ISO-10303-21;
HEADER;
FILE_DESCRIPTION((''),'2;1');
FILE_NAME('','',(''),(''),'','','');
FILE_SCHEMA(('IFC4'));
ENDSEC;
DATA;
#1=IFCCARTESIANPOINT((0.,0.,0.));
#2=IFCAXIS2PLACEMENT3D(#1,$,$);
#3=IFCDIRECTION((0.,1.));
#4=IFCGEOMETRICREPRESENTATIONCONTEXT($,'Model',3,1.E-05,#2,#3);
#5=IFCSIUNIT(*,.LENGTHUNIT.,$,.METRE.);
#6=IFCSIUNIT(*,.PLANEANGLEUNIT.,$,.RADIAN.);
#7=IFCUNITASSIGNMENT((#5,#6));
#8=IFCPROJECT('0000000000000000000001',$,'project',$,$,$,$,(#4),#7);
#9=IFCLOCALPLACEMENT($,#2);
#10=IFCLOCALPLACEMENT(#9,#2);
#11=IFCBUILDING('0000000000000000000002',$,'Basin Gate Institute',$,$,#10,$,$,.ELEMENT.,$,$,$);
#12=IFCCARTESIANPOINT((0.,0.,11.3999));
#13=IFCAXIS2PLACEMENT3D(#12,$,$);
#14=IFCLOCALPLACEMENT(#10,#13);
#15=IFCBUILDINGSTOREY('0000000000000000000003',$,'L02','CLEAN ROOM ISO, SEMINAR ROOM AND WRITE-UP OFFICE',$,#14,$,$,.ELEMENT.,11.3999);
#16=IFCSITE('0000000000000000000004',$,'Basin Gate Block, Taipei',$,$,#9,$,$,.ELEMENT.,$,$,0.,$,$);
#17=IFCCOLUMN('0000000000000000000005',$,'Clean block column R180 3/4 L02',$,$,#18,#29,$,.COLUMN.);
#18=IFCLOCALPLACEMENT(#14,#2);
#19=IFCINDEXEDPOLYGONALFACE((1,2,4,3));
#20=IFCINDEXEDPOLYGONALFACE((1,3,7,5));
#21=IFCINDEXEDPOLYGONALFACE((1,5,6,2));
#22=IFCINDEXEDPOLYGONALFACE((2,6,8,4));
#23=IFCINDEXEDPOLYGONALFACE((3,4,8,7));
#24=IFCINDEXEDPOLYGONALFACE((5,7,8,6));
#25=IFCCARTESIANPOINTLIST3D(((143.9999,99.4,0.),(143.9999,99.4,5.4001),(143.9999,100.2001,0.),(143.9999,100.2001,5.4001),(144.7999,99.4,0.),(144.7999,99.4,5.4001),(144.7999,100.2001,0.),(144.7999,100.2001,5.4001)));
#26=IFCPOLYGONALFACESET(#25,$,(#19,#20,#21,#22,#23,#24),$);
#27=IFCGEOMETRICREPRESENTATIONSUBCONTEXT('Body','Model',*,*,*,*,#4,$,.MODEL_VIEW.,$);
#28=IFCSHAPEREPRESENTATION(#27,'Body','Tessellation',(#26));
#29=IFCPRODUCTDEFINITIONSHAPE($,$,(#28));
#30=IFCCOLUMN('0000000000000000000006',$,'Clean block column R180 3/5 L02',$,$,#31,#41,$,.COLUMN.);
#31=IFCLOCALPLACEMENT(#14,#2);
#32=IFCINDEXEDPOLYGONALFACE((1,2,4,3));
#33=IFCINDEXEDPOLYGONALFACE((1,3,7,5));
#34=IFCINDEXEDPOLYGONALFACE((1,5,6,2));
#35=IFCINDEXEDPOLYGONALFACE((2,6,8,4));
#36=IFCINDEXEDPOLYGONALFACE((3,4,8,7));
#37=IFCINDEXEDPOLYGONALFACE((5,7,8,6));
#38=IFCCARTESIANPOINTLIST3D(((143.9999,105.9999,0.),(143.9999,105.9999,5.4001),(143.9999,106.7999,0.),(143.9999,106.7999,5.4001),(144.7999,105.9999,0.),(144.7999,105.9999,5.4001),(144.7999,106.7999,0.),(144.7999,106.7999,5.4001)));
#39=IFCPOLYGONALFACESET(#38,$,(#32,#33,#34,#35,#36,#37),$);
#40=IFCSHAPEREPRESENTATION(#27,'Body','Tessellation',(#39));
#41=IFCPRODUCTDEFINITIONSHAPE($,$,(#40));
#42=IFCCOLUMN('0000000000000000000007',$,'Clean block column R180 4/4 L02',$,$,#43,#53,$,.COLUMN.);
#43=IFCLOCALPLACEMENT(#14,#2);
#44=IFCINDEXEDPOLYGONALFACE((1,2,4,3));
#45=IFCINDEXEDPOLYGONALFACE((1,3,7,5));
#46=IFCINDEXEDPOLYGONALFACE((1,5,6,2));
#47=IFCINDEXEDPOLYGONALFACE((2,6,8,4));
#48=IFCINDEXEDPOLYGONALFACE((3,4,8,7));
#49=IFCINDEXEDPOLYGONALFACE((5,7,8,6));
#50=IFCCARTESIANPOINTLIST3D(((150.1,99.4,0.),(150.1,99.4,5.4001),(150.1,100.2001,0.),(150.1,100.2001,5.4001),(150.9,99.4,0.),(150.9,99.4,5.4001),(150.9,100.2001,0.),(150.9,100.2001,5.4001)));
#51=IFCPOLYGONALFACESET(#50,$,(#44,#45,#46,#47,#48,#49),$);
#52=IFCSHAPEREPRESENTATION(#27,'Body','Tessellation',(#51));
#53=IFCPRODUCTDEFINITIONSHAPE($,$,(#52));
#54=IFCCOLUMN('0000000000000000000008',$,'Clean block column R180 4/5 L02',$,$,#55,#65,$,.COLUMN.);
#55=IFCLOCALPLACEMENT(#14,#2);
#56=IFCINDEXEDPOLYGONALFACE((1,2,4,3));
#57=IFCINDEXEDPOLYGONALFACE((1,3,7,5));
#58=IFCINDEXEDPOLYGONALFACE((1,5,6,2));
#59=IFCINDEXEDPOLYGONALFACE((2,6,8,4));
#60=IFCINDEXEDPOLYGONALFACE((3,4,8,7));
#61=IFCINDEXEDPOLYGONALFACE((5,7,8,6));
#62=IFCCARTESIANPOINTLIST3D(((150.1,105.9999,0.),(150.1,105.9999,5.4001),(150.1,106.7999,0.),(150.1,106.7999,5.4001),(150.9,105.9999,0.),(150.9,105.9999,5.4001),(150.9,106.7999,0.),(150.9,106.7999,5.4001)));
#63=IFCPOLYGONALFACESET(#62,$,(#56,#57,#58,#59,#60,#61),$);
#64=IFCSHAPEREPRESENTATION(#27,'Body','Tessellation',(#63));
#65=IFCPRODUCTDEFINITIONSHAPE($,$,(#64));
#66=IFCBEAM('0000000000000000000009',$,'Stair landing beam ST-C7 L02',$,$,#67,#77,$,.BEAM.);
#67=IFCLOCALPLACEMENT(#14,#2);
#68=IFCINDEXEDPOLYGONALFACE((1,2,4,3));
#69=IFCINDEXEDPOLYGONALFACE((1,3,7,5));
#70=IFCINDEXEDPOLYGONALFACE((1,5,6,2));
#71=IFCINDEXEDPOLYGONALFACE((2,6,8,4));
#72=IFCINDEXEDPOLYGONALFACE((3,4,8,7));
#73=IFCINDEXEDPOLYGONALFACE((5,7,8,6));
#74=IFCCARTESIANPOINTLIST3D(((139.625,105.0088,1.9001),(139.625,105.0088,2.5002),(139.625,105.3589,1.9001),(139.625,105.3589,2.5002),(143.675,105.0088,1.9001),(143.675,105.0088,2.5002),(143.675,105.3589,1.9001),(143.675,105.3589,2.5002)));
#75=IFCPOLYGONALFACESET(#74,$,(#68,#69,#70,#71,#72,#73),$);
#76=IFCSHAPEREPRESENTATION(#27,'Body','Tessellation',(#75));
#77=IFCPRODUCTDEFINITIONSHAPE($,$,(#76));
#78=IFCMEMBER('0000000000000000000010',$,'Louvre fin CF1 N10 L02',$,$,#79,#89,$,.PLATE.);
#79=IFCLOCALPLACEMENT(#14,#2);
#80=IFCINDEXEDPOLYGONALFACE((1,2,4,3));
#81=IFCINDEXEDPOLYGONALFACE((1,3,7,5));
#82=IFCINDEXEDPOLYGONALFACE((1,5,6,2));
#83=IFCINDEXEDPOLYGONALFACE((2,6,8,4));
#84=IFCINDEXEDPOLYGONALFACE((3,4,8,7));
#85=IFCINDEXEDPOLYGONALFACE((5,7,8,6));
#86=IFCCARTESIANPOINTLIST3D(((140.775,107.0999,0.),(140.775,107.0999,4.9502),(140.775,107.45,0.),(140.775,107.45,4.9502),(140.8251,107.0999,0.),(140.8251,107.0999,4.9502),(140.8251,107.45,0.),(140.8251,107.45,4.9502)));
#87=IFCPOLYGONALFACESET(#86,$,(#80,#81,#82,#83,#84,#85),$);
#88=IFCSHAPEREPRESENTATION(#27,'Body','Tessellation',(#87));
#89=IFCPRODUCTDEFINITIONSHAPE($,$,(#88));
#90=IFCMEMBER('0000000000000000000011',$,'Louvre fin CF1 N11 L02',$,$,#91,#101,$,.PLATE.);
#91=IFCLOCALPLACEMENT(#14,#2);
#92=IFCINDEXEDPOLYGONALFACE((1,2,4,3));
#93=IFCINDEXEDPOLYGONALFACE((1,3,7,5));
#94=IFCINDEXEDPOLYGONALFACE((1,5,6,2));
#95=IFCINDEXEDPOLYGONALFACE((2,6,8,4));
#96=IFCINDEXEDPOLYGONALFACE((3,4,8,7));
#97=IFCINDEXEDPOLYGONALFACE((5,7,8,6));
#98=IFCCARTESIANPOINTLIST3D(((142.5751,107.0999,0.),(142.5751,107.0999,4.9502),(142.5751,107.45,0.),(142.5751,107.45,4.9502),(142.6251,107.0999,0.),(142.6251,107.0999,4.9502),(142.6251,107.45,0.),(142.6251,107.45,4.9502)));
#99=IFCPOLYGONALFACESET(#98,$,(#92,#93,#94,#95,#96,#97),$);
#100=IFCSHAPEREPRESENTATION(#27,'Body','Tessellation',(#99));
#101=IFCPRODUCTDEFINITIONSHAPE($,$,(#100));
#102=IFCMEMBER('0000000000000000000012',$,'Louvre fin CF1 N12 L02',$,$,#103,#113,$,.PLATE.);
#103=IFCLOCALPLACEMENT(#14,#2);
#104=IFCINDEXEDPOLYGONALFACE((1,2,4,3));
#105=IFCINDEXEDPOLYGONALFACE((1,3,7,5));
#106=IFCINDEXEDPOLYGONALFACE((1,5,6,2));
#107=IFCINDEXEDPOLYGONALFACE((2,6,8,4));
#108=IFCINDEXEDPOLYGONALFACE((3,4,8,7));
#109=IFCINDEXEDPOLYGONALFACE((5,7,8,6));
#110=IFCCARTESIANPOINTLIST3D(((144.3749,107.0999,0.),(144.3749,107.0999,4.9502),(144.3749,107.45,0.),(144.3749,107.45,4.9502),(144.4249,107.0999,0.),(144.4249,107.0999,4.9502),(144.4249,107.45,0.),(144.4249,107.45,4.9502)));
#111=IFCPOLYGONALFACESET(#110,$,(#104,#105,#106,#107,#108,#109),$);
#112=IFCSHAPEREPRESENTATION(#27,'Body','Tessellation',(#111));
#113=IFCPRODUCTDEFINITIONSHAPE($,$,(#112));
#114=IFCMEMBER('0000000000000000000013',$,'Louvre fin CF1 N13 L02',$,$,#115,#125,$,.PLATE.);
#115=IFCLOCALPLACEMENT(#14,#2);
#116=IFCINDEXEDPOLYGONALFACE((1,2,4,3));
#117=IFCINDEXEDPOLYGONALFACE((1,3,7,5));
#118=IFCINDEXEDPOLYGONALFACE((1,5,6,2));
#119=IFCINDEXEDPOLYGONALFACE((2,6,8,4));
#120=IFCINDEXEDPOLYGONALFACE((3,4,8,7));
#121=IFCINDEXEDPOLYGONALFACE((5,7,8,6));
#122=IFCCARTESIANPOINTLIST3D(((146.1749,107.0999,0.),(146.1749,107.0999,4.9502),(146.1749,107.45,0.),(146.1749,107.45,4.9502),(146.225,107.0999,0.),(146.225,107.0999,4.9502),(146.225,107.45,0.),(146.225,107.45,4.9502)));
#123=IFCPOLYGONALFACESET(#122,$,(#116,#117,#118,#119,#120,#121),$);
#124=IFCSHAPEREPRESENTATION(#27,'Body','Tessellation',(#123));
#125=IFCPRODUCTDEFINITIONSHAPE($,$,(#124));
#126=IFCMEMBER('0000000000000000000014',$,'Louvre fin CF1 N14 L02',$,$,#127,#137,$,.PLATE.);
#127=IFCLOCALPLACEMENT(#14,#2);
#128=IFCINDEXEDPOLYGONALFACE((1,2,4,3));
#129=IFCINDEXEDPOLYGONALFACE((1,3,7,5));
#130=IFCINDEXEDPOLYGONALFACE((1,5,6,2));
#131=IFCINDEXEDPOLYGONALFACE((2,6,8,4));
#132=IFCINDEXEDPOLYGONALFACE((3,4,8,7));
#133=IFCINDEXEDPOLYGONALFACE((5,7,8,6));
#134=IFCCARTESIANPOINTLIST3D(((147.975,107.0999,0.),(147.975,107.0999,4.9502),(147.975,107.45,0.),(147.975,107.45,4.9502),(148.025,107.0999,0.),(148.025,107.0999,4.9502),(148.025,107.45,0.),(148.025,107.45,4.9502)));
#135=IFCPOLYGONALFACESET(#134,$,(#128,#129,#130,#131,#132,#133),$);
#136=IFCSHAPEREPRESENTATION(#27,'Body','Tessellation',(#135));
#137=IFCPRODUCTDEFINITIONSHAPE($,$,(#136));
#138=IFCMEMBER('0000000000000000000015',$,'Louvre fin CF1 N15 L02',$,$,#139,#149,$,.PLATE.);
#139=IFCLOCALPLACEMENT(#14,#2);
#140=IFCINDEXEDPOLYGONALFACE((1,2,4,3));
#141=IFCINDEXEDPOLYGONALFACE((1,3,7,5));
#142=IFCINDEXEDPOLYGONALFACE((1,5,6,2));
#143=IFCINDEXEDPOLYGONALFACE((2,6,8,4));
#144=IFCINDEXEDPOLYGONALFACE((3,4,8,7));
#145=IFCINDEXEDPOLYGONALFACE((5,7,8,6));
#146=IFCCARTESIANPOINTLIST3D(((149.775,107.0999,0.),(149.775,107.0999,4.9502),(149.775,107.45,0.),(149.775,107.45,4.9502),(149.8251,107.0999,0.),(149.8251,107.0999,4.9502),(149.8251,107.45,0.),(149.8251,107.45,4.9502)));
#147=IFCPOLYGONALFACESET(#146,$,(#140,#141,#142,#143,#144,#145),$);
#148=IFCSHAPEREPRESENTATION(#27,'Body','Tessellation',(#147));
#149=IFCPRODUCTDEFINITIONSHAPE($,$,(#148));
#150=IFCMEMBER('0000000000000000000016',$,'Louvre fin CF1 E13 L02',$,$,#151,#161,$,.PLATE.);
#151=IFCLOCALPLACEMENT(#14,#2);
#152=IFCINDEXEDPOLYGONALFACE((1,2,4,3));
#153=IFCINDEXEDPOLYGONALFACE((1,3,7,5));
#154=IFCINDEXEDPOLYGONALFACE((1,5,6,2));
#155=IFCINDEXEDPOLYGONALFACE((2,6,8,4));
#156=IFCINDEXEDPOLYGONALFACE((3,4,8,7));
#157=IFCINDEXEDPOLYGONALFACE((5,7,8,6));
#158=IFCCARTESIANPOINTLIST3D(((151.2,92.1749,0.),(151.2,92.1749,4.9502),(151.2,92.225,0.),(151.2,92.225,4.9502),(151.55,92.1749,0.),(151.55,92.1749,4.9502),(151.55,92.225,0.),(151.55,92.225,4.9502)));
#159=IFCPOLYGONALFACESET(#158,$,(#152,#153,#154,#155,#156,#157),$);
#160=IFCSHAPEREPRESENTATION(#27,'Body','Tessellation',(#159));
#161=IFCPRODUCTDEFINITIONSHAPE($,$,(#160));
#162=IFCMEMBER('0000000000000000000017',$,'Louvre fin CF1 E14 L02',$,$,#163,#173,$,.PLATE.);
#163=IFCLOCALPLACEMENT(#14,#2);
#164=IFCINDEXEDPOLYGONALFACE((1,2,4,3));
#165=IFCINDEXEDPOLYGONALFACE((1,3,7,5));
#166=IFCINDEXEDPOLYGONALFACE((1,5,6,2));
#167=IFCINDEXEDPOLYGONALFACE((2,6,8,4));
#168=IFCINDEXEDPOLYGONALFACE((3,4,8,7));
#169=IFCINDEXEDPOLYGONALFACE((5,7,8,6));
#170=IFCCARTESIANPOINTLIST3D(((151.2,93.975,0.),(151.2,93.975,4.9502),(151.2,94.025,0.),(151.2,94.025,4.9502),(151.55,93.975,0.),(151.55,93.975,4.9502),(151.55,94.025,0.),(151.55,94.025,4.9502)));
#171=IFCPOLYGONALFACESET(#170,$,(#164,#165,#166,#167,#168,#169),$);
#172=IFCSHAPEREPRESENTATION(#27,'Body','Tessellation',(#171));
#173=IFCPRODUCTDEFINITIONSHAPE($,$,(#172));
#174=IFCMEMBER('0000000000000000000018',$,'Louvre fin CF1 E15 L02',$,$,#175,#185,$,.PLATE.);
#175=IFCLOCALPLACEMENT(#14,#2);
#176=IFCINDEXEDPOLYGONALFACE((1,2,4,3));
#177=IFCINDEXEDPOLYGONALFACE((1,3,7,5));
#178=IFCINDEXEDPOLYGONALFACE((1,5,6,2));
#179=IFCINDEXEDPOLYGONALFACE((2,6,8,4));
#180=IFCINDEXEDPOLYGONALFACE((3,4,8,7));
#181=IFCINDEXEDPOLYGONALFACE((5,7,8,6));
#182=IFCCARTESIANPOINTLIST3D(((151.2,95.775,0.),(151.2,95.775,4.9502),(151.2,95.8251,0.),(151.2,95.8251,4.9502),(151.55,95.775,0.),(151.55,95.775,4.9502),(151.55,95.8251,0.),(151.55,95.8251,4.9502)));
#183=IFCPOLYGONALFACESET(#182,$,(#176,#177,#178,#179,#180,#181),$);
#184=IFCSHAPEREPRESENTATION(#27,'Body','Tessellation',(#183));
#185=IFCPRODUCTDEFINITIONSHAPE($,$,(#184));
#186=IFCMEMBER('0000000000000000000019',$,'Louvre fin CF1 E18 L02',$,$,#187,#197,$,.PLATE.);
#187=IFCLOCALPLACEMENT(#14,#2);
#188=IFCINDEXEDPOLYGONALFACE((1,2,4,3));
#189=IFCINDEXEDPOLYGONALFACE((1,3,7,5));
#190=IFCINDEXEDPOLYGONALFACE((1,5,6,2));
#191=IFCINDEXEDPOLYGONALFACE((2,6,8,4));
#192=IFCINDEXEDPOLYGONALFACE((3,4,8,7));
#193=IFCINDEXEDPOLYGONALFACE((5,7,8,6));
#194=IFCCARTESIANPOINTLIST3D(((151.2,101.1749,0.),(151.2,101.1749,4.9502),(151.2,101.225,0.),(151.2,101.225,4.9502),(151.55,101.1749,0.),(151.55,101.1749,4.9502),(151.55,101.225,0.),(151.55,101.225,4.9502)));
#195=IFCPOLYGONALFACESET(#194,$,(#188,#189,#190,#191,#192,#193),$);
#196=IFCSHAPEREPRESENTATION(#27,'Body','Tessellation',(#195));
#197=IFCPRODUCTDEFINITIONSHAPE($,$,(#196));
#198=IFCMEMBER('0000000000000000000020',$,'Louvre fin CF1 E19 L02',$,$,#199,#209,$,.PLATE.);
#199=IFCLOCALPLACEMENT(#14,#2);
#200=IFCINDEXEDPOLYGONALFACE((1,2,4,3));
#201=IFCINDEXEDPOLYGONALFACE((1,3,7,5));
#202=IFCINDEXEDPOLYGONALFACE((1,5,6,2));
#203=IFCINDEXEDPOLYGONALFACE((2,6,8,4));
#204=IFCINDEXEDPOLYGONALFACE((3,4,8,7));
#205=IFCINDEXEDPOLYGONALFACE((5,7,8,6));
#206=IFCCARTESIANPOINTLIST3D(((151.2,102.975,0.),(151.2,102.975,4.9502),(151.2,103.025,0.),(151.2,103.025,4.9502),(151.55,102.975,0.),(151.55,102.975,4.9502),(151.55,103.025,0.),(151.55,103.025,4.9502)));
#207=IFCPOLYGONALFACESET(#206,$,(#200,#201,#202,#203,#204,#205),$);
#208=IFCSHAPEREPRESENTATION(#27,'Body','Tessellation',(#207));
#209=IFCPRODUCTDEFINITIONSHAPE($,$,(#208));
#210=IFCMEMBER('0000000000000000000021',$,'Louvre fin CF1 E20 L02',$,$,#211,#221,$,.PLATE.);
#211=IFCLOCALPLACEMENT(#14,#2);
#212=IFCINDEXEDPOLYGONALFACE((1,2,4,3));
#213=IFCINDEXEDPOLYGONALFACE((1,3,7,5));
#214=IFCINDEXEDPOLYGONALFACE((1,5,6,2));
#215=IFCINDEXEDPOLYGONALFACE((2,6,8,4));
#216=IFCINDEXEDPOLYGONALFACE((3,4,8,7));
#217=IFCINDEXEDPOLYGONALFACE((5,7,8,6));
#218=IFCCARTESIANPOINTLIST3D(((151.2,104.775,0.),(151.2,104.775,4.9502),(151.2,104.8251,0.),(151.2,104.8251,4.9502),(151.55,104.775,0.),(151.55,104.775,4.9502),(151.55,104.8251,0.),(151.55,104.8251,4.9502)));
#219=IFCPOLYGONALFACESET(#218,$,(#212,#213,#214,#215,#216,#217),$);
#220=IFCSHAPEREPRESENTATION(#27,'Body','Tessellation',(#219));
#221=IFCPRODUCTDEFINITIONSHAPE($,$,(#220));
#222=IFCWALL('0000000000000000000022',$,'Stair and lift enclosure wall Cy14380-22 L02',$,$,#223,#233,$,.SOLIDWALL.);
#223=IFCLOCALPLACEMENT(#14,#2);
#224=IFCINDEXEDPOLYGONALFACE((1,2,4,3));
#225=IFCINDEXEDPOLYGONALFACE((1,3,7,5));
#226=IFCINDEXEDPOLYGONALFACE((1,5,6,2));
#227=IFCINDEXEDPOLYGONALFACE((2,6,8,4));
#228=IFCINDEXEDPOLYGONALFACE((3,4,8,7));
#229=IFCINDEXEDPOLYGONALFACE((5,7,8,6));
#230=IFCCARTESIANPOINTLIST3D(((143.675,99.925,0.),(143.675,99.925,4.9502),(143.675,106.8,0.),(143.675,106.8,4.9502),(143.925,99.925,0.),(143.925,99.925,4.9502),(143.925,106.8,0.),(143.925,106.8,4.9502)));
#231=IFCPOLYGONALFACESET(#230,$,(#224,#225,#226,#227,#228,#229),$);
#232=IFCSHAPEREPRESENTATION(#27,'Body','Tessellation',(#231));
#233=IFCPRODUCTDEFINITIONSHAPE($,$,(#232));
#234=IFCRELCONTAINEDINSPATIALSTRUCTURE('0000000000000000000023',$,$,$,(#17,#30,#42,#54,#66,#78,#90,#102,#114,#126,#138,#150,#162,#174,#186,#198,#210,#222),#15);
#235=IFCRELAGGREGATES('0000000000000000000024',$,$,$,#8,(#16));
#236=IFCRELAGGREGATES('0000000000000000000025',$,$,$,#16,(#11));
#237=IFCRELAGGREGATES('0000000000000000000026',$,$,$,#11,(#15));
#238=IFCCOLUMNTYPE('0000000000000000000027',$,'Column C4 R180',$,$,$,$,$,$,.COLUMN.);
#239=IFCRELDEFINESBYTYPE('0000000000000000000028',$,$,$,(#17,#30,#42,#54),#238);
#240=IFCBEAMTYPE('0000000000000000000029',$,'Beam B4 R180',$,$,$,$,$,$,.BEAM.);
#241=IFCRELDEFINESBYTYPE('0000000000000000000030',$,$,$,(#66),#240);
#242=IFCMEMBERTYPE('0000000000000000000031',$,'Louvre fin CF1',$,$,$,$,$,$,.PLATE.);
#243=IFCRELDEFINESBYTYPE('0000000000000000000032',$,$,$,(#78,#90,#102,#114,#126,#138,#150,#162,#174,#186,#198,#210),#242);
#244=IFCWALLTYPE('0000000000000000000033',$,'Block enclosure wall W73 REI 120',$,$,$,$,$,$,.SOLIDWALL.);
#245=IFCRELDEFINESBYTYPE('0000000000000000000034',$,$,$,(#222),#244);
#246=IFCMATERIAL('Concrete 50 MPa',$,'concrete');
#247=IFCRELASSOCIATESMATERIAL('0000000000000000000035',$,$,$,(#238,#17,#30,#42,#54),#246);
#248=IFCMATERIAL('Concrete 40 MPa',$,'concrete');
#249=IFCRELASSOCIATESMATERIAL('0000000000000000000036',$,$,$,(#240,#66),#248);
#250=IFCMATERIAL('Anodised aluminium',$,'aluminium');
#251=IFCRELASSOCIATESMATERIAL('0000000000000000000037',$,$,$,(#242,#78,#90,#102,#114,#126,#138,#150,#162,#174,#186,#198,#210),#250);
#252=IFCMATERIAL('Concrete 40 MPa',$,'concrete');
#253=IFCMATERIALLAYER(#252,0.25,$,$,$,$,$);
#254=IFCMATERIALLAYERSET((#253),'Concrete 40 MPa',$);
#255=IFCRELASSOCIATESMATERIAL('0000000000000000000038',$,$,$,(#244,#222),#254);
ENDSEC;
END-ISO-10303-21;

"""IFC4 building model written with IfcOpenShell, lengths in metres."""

from ifc_helpers import new_model, si_unit, direction, frame, frame_2d, origin, origin_2d, place, context, subcontext, project, spatial, rectangle, extrude, material, layer, layer_set, material_profile, profile_set, type_object, element, save


model = new_model("IFC4")

# Units and contexts
model_context = context("Model", 3, precision=1e-05, world=origin(), true_north=direction((0.0, 1.0)))
body_context = subcontext(model_context, "Body", "Model", "MODEL_VIEW")
ifc_project = project(units=[si_unit("LENGTHUNIT", "METRE"), si_unit("PLANEANGLEUNIT", "RADIAN")], contexts=[model_context])

# Site, building, storey
site_placement = place(None, origin())
site = spatial("IfcSite", under=ifc_project, at=site_placement, Name="Basin Gate Block, Taipei", CompositionType="ELEMENT", RefElevation=0.0)
building_placement = place(site_placement, origin())
building = spatial("IfcBuilding", under=site, at=building_placement, Name="Basin Gate Institute", CompositionType="ELEMENT")
storey_placement = place(building_placement, frame((0.0, 0.0, 11.3999)))
storey = spatial("IfcBuildingStorey", under=building, at=storey_placement, Name="L02", Description="CLEAN ROOM ISO, SEMINAR ROOM AND WRITE-UP OFFICE", CompositionType="ELEMENT", Elevation=11.3999)

# Columns
ifc_material_1 = material(Name="Concrete 50 MPa", Category="concrete")
ifc_material_profile_1 = material_profile(ifc_material_1, rectangle(XDim=0.8, YDim=0.8, at=origin_2d()), Name="Column C4 800 x 800")
ifc_profile_set_1 = profile_set([ifc_material_profile_1], Name="Concrete 50 MPa")
column_type = type_object("IfcColumnType", Name="Column C4 R180", PredefinedType="COLUMN", material=ifc_profile_set_1)
for number, where, z_axis, x_axis, name in (
    (1, (144.3999, 99.8, 0.0), (0.0, 0.0, 1.0), (1.0, 0.0, 0.0), "Clean block column R180 3/4 L02"),
    (2, (144.3999, 106.3999, 0.0), (0.0, 0.0, 1.0), (1.0, 0.0, 0.0), "Clean block column R180 3/5 L02"),
    (3, (150.5, 99.8, 0.0), (0.0, 0.0, 1.0), (1.0, 0.0, 0.0), "Clean block column R180 4/4 L02"),
    (4, (150.5, 106.3999, 0.0), (0.0, 0.0, 1.0), (1.0, 0.0, 0.0), "Clean block column R180 4/5 L02"),
):
    element("IfcColumn", number, at=place(storey_placement, frame(where, z_axis=z_axis, x_axis=x_axis)), inside=storey, type_object=column_type, material=ifc_profile_set_1, Name=name, PredefinedType="COLUMN", context=body_context, shape_type="SweptSolid", body=[
        extrude(rectangle(XDim=0.8, YDim=0.8, at=origin_2d()), origin(), (0.0, 0.0, 1.0), 5.4001),
    ])

# Beam
ifc_material_2 = material(Name="Concrete 40 MPa", Category="concrete")
ifc_material_profile_2 = material_profile(ifc_material_2, rectangle(XDim=0.3501, YDim=0.6001, at=origin_2d()), Name="Beam B4 350 x 600")
ifc_profile_set_2 = profile_set([ifc_material_profile_2], Name="Concrete 40 MPa")
beam_type = type_object("IfcBeamType", Name="Beam B4 R180", PredefinedType="BEAM", material=ifc_profile_set_2)
beam_placement = place(storey_placement, frame((139.625, 105.1838, 2.2002), z_axis=(1.0, 0.0, 0.0), x_axis=(0.0, 1.0, 0.0)))
element("IfcBeam", 5, at=beam_placement, inside=storey, type_object=beam_type, material=ifc_profile_set_2, Name="Stair landing beam ST-C7 L02", PredefinedType="BEAM", context=body_context, shape_type="SweptSolid", body=[
    extrude(rectangle(XDim=0.3501, YDim=0.6001, at=origin_2d()), origin(), (0.0, 0.0, 1.0), 4.05),
])

# Members
ifc_material_3 = material(Name="Anodised aluminium", Category="aluminium")
ifc_material_profile_3 = material_profile(ifc_material_3, rectangle(XDim=0.05, YDim=0.3501, at=origin_2d()), Name="Louvre fin CF1 50 x 350")
ifc_profile_set_3 = profile_set([ifc_material_profile_3], Name="Anodised aluminium")
member_type = type_object("IfcMemberType", Name="Louvre fin CF1", PredefinedType="PLATE", material=ifc_profile_set_3)
for number, where, z_axis, x_axis, name in (
    (6, (140.8, 107.2749, 0.0), (0.0, 0.0, 1.0), (1.0, 0.0, 0.0), "Louvre fin CF1 N10 L02"),
    (7, (142.6001, 107.2749, 0.0), (0.0, 0.0, 1.0), (1.0, 0.0, 0.0), "Louvre fin CF1 N11 L02"),
    (8, (144.3999, 107.2749, 0.0), (0.0, 0.0, 1.0), (1.0, 0.0, 0.0), "Louvre fin CF1 N12 L02"),
    (9, (146.2, 107.2749, 0.0), (0.0, 0.0, 1.0), (1.0, 0.0, 0.0), "Louvre fin CF1 N13 L02"),
    (10, (148.0, 107.2749, 0.0), (0.0, 0.0, 1.0), (1.0, 0.0, 0.0), "Louvre fin CF1 N14 L02"),
    (11, (149.8, 107.2749, 0.0), (0.0, 0.0, 1.0), (1.0, 0.0, 0.0), "Louvre fin CF1 N15 L02"),
    (12, (151.375, 92.2, 0.0), (0.0, 0.0, 1.0), (0.0, 1.0, 0.0), "Louvre fin CF1 E13 L02"),
    (13, (151.375, 94.0, 0.0), (0.0, 0.0, 1.0), (0.0, 1.0, 0.0), "Louvre fin CF1 E14 L02"),
    (14, (151.375, 95.8, 0.0), (0.0, 0.0, 1.0), (0.0, 1.0, 0.0), "Louvre fin CF1 E15 L02"),
    (15, (151.375, 101.2, 0.0), (0.0, 0.0, 1.0), (0.0, 1.0, 0.0), "Louvre fin CF1 E18 L02"),
    (16, (151.375, 103.0, 0.0), (0.0, 0.0, 1.0), (0.0, 1.0, 0.0), "Louvre fin CF1 E19 L02"),
    (17, (151.375, 104.8, 0.0), (0.0, 0.0, 1.0), (0.0, 1.0, 0.0), "Louvre fin CF1 E20 L02"),
):
    element("IfcMember", number, at=place(storey_placement, frame(where, z_axis=z_axis, x_axis=x_axis)), inside=storey, type_object=member_type, material=ifc_profile_set_3, Name=name, PredefinedType="PLATE", context=body_context, shape_type="SweptSolid", body=[
        extrude(rectangle(XDim=0.05, YDim=0.3501, at=origin_2d()), origin(), (0.0, 0.0, 1.0), 4.9502),
    ])

# Wall
ifc_material_4 = material(Name="Concrete 40 MPa", Category="concrete")
ifc_layer_1 = layer(ifc_material_4, 0.25)
ifc_layer_set_1 = layer_set([ifc_layer_1], Name="Concrete 40 MPa")
wall_type_1 = type_object("IfcWallType", Name="Block enclosure wall W73 REI 120", PredefinedType="SOLIDWALL", material=ifc_layer_set_1)
wall_1_placement = place(storey_placement, frame((143.8, 99.925, 0.0), z_axis=(0.0, 0.0, 1.0), x_axis=(0.0, 1.0, 0.0)))
element("IfcWall", 18, at=wall_1_placement, inside=storey, type_object=wall_type_1, material=ifc_layer_set_1, Name="Stair and lift enclosure wall Cy14380-22 L02", PredefinedType="SOLIDWALL", context=body_context, shape_type="SweptSolid", body=[
    extrude(rectangle(XDim=6.875, YDim=0.25, at=frame_2d((3.4375, 0.0))), origin(), (0.0, 0.0, 1.0), 4.9502),
])

save(model, "model.ifc")
